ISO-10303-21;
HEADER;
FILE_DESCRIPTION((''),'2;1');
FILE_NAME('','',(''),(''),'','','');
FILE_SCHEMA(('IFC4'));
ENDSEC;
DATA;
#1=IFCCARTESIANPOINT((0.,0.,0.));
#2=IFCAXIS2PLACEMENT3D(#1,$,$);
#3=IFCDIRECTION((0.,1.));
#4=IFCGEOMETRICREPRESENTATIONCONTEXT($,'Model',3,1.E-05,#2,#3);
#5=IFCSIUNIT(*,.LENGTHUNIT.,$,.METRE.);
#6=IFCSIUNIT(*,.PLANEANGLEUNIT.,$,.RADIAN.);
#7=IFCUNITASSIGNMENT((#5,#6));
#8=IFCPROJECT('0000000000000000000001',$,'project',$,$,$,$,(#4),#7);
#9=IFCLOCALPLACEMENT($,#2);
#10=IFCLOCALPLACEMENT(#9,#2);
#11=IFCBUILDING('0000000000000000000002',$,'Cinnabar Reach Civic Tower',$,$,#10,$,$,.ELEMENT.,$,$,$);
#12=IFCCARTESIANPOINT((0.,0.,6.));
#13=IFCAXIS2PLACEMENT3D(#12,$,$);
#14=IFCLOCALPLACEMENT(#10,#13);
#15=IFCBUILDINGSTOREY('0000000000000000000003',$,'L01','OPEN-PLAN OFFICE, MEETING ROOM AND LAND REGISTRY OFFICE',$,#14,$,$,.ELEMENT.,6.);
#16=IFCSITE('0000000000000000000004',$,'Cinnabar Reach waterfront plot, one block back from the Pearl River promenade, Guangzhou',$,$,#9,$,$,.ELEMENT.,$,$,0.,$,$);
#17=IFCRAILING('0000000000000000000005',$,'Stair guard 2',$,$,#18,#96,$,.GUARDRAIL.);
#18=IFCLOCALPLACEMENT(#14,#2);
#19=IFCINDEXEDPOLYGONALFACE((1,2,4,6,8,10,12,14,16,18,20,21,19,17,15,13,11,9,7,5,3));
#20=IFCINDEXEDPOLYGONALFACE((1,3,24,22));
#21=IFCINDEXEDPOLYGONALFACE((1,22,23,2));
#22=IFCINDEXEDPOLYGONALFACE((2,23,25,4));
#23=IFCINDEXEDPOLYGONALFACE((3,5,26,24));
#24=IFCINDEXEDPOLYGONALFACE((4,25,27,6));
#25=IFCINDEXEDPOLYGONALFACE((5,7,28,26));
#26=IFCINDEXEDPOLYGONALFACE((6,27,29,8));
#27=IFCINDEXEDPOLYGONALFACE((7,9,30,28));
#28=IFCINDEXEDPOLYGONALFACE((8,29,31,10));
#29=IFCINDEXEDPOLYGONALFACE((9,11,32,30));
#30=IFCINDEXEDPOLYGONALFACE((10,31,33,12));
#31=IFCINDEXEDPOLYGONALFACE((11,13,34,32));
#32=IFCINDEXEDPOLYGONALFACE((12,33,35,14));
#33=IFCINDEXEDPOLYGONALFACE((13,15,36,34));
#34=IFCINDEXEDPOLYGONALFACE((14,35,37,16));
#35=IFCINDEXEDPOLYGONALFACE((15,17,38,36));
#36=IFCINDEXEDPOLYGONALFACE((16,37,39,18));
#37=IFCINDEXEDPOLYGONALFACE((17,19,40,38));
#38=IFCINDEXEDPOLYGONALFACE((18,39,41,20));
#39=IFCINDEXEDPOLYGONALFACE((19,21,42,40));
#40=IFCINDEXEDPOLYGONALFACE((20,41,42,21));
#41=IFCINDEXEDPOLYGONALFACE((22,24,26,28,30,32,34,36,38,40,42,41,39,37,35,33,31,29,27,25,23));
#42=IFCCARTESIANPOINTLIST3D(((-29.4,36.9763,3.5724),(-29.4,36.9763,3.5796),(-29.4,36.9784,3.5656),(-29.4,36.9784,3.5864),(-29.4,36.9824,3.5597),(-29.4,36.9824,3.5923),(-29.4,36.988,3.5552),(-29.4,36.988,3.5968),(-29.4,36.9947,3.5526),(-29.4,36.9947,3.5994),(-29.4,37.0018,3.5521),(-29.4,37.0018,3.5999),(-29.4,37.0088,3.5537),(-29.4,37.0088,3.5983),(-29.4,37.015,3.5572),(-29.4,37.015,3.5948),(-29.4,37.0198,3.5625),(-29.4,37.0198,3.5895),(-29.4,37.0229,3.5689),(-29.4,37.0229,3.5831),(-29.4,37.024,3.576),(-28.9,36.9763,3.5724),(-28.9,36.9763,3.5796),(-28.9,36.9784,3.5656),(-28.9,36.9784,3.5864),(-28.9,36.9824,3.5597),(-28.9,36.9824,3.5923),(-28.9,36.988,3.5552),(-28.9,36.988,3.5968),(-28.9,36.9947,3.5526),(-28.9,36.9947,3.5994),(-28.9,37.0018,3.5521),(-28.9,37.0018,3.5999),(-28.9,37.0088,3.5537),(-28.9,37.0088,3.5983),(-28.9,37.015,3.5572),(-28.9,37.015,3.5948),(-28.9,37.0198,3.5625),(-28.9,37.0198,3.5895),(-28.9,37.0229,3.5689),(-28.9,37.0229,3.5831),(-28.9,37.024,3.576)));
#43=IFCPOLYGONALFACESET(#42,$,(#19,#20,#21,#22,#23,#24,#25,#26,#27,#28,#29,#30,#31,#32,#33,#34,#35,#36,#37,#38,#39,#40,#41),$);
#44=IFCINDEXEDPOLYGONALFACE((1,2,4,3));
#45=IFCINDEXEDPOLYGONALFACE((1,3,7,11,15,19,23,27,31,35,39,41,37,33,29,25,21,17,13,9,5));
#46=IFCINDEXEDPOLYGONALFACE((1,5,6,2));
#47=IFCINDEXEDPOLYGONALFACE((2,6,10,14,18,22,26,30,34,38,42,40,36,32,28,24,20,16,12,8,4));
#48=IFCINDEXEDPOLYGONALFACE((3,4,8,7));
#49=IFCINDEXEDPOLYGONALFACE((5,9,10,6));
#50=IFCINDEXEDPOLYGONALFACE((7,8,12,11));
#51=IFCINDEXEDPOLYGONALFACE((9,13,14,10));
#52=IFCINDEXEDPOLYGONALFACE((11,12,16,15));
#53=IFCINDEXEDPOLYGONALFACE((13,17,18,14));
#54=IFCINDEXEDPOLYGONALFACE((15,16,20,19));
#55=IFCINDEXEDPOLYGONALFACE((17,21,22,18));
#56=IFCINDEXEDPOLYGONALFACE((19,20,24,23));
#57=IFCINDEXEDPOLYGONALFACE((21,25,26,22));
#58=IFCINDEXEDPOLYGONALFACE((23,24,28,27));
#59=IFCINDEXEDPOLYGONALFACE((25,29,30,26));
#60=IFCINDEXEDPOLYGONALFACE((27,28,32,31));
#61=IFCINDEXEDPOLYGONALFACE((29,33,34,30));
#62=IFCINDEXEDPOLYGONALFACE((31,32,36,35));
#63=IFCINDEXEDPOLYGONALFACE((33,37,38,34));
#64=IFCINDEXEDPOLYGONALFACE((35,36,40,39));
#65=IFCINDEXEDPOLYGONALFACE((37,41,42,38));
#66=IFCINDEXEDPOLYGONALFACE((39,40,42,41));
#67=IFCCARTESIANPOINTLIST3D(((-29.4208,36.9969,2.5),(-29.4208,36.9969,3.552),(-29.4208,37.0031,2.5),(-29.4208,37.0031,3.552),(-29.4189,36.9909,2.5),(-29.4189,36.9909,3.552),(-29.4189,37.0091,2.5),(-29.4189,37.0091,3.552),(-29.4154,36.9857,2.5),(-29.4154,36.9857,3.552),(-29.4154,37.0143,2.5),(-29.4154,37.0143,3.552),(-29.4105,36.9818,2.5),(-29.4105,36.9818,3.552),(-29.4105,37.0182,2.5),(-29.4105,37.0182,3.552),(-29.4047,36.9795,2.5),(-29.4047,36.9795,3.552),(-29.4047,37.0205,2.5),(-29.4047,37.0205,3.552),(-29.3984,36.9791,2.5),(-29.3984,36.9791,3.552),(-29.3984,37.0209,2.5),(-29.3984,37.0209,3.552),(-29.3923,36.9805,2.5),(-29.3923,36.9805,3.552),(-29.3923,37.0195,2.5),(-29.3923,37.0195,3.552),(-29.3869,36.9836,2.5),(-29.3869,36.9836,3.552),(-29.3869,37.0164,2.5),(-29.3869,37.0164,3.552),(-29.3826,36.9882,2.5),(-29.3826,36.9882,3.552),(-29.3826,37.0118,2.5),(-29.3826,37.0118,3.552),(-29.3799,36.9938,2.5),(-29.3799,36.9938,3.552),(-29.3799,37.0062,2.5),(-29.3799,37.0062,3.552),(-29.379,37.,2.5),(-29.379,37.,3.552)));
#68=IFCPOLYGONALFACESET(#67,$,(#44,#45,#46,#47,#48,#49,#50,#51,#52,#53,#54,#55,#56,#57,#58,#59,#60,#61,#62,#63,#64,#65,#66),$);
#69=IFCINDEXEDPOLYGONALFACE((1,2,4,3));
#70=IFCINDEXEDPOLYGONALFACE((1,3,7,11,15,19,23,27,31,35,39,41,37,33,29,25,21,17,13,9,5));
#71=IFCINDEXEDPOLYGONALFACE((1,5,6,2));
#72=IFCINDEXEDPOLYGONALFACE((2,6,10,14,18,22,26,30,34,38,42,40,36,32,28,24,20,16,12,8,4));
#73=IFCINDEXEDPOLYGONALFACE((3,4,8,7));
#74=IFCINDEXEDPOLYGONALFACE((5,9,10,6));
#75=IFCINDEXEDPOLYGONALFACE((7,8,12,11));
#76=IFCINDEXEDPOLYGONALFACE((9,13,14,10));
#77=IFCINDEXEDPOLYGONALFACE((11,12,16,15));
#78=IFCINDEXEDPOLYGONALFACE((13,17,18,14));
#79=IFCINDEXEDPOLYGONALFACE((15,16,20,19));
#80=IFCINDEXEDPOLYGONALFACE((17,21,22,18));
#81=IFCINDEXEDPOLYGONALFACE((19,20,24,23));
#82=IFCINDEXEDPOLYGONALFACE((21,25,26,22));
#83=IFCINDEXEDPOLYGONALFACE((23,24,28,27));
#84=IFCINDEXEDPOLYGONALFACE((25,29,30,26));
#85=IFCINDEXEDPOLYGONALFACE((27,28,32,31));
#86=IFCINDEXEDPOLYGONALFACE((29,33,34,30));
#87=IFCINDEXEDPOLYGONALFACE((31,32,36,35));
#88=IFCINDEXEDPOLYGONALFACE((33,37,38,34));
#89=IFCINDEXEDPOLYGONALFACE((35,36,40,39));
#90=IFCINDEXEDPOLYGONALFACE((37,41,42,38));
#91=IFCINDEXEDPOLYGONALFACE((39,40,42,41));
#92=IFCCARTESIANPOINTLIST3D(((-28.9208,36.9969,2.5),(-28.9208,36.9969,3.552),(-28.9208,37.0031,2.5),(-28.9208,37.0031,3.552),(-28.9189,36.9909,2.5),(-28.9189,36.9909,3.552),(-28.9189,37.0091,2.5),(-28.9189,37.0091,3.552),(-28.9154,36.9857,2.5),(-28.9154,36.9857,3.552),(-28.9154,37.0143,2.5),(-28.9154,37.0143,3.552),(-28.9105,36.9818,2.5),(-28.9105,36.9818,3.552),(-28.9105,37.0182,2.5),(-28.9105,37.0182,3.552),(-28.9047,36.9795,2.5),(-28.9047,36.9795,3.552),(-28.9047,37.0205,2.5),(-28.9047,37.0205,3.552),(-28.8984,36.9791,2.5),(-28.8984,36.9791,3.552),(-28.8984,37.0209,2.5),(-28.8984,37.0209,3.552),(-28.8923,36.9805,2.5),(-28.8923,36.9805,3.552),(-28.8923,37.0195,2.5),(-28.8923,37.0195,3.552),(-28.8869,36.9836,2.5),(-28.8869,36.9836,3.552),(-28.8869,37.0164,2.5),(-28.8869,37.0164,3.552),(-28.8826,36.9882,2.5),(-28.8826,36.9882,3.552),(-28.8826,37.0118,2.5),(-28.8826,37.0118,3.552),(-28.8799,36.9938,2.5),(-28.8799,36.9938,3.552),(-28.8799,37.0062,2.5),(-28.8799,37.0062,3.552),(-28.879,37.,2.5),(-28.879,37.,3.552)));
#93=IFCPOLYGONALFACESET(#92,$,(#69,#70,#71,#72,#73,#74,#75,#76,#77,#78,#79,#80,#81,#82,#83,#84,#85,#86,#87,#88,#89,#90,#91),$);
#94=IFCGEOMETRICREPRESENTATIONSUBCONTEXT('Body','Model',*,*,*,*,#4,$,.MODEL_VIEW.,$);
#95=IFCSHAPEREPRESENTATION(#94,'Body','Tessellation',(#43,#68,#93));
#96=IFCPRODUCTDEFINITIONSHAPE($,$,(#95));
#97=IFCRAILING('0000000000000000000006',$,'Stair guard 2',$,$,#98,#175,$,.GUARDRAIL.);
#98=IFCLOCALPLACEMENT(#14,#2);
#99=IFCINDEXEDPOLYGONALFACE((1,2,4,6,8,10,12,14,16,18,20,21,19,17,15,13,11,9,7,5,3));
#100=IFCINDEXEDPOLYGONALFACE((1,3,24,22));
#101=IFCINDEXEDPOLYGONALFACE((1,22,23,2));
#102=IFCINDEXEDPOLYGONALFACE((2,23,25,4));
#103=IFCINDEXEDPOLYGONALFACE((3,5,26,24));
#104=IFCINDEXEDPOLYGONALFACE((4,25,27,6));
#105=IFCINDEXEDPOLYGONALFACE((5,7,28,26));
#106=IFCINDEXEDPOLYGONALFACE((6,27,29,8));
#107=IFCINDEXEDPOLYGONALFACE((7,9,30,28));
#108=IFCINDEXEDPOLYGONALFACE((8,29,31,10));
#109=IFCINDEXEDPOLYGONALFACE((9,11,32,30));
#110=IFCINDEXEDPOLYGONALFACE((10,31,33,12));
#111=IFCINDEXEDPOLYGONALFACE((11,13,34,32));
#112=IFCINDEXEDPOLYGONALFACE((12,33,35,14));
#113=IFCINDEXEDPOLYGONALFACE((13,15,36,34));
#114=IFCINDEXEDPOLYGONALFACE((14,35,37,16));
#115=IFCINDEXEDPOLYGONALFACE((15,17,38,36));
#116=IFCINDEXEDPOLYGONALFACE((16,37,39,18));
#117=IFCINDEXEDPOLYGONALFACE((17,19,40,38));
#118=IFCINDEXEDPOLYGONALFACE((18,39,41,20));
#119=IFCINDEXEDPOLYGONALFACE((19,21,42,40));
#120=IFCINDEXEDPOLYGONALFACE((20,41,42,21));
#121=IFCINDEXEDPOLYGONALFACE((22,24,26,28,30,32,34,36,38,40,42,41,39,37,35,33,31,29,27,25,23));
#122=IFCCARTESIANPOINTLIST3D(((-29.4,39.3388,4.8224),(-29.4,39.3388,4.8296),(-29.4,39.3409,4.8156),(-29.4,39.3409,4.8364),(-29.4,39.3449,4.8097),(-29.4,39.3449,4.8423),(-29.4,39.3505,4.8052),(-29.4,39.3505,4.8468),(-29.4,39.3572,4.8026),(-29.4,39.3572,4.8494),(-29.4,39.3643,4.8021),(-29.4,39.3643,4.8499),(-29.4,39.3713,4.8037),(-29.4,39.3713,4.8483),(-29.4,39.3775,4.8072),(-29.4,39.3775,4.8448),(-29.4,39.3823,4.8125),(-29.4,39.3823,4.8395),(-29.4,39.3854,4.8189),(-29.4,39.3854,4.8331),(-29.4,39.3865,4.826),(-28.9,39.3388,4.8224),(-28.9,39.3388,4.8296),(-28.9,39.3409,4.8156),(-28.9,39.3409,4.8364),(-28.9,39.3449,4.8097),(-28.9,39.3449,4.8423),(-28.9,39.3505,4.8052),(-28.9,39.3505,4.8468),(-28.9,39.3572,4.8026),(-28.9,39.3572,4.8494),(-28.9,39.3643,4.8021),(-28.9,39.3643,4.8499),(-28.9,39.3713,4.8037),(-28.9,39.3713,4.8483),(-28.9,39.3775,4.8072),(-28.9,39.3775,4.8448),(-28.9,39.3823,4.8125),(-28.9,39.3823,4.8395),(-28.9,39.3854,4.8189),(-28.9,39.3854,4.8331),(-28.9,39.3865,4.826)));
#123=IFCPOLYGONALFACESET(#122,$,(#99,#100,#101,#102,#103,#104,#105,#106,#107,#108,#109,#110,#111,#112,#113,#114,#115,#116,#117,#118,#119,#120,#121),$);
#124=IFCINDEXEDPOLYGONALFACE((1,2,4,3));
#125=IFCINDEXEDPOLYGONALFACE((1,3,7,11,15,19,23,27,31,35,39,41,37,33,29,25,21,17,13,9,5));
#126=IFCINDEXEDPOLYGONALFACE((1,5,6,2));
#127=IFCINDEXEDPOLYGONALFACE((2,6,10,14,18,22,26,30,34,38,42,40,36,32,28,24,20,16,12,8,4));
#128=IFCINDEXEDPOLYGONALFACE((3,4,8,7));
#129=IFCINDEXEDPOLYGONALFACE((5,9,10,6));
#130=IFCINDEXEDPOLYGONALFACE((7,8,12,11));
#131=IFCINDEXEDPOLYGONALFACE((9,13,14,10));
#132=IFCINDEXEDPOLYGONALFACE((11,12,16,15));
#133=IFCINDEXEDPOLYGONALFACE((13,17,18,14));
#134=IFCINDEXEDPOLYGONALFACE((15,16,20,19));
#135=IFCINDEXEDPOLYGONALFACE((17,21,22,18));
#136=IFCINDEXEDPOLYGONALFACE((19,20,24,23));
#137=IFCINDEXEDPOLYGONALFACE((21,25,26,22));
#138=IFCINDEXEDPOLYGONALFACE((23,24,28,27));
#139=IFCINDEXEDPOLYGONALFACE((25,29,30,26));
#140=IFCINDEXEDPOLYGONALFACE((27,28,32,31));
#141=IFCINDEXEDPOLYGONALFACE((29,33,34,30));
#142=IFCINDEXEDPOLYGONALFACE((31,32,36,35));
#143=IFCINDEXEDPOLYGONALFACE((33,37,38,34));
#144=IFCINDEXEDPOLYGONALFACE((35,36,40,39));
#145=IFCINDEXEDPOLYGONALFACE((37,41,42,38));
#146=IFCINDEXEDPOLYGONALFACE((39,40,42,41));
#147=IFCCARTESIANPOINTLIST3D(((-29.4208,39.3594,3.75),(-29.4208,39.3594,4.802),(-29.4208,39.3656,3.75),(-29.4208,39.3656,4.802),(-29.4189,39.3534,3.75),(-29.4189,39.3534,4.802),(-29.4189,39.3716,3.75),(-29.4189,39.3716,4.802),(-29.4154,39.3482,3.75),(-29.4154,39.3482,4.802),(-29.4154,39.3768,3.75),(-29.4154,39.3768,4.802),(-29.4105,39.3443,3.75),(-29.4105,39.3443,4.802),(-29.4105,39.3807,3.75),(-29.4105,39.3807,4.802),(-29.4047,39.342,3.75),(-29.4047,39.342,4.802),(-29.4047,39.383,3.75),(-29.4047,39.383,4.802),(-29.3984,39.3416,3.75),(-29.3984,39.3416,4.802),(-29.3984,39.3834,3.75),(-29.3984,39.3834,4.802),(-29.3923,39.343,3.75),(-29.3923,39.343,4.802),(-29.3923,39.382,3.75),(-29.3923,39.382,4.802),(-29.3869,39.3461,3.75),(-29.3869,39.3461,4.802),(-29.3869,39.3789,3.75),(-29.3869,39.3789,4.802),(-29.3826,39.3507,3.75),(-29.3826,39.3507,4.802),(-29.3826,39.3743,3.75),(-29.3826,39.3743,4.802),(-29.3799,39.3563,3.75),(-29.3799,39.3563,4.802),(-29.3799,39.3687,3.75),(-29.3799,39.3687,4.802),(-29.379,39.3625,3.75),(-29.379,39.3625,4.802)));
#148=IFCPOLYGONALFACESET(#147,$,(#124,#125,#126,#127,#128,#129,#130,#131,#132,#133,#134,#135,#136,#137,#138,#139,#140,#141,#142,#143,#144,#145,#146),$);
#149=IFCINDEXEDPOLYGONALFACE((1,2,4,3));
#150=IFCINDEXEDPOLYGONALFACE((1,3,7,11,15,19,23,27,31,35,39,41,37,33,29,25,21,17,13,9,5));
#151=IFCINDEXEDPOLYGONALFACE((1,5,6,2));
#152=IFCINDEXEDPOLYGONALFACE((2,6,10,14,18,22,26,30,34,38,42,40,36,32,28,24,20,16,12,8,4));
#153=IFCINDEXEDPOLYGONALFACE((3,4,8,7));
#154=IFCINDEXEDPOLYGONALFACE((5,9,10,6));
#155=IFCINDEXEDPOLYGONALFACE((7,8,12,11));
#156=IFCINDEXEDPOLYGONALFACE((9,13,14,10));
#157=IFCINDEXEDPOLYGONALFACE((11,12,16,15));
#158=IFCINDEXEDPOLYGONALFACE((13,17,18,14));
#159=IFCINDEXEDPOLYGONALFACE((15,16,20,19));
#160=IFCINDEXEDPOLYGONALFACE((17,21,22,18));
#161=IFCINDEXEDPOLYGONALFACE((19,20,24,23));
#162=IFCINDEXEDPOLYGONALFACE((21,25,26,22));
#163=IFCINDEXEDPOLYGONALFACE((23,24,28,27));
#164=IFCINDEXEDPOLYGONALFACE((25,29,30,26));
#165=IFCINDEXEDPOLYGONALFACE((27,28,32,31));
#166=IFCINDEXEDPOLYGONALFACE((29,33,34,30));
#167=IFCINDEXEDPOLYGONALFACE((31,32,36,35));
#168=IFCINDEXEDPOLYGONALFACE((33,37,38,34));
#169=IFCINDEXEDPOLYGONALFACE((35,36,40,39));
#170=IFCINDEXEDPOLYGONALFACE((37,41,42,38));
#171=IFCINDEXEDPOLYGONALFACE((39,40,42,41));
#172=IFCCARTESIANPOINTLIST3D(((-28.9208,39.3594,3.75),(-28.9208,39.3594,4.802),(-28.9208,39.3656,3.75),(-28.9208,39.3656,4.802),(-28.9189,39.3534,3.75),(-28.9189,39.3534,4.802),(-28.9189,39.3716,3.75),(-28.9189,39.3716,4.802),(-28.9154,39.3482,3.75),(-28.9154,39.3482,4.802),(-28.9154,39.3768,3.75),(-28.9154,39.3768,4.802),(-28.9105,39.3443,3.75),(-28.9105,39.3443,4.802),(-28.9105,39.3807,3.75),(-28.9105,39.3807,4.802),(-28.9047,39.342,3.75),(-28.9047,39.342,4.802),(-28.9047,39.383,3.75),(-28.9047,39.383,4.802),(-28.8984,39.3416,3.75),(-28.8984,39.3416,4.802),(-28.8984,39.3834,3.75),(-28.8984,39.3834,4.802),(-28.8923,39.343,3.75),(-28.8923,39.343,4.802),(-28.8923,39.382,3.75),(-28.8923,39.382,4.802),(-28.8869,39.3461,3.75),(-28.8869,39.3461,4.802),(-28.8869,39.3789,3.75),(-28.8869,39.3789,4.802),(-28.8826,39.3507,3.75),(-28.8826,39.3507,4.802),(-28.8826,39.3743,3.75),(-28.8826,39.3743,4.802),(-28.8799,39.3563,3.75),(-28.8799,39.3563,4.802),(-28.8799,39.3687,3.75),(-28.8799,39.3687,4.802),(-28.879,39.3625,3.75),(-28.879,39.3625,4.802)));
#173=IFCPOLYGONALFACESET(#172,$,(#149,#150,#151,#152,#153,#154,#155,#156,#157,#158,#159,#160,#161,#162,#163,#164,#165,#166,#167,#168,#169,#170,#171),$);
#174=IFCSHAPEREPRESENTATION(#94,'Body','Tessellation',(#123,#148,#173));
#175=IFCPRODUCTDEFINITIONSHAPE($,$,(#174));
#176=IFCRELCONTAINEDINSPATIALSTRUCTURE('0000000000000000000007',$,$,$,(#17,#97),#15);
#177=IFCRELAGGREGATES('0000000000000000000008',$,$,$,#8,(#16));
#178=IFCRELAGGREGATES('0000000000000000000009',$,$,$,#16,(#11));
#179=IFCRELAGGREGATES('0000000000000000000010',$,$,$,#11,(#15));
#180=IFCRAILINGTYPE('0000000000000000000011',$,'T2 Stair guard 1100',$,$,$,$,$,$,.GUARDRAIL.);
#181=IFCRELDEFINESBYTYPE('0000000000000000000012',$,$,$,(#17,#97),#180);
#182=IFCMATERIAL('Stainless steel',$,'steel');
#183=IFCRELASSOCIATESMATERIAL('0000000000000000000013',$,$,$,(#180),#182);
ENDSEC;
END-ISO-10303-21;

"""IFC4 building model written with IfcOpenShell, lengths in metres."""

from ifc_helpers import new_model, si_unit, direction, frame, origin, origin_2d, place, context, subcontext, project, spatial, circle, extrude, material, type_object, element, save


model = new_model("IFC4")

# Units and contexts
model_context = context("Model", 3, precision=1e-05, world=origin(), true_north=direction((0.0, 1.0)))
body_context = subcontext(model_context, "Body", "Model", "MODEL_VIEW")
ifc_project = project(units=[si_unit("LENGTHUNIT", "METRE"), si_unit("PLANEANGLEUNIT", "RADIAN")], contexts=[model_context])

# Site, building, storey
site_placement = place(None, origin())
site = spatial("IfcSite", under=ifc_project, at=site_placement, Name="Cinnabar Reach waterfront plot, one block back from the Pearl River promenade, Guangzhou", CompositionType="ELEMENT", RefElevation=0.0)
building_placement = place(site_placement, origin())
building = spatial("IfcBuilding", under=site, at=building_placement, Name="Cinnabar Reach Civic Tower", CompositionType="ELEMENT")
storey_placement = place(building_placement, frame((0.0, 0.0, 6.0)))
storey = spatial("IfcBuildingStorey", under=building, at=storey_placement, Name="L01", Description="OPEN-PLAN OFFICE, MEETING ROOM AND LAND REGISTRY OFFICE", CompositionType="ELEMENT", Elevation=6.0)

# Railings
ifc_material_1 = material(Name="Stainless steel", Category="steel")
railing_type = type_object("IfcRailingType", Name="T2 Stair guard 1100", PredefinedType="GUARDRAIL", material=ifc_material_1)
for number, where, name in (
    (1, (-29.4, 37.0, 2.5), "Stair guard 2"),
    (2, (-29.4, 39.3625, 3.75), "Stair guard 2"),
):
    element("IfcRailing", number, at=place(storey_placement, frame(where)), inside=storey, type_object=railing_type, Name=name, PredefinedType="GUARDRAIL", context=body_context, shape_type="SweptSolid", body=[
        extrude(circle(Radius=0.024, at=origin_2d()), frame((0.0, 0.0, 1.076), z_axis=(1.0, 0.0, 0.0), x_axis=(0.0, 1.0, 0.0)), (0.0, 0.0, 1.0), 0.5),
        extrude(circle(Radius=0.021, at=origin_2d()), origin(), (0.0, 0.0, 1.0), 1.052),
        extrude(circle(Radius=0.021, at=origin_2d()), frame((0.5, 0.0, 0.0)), (0.0, 0.0, 1.0), 1.052),
    ])

save(model, "model.ifc")
